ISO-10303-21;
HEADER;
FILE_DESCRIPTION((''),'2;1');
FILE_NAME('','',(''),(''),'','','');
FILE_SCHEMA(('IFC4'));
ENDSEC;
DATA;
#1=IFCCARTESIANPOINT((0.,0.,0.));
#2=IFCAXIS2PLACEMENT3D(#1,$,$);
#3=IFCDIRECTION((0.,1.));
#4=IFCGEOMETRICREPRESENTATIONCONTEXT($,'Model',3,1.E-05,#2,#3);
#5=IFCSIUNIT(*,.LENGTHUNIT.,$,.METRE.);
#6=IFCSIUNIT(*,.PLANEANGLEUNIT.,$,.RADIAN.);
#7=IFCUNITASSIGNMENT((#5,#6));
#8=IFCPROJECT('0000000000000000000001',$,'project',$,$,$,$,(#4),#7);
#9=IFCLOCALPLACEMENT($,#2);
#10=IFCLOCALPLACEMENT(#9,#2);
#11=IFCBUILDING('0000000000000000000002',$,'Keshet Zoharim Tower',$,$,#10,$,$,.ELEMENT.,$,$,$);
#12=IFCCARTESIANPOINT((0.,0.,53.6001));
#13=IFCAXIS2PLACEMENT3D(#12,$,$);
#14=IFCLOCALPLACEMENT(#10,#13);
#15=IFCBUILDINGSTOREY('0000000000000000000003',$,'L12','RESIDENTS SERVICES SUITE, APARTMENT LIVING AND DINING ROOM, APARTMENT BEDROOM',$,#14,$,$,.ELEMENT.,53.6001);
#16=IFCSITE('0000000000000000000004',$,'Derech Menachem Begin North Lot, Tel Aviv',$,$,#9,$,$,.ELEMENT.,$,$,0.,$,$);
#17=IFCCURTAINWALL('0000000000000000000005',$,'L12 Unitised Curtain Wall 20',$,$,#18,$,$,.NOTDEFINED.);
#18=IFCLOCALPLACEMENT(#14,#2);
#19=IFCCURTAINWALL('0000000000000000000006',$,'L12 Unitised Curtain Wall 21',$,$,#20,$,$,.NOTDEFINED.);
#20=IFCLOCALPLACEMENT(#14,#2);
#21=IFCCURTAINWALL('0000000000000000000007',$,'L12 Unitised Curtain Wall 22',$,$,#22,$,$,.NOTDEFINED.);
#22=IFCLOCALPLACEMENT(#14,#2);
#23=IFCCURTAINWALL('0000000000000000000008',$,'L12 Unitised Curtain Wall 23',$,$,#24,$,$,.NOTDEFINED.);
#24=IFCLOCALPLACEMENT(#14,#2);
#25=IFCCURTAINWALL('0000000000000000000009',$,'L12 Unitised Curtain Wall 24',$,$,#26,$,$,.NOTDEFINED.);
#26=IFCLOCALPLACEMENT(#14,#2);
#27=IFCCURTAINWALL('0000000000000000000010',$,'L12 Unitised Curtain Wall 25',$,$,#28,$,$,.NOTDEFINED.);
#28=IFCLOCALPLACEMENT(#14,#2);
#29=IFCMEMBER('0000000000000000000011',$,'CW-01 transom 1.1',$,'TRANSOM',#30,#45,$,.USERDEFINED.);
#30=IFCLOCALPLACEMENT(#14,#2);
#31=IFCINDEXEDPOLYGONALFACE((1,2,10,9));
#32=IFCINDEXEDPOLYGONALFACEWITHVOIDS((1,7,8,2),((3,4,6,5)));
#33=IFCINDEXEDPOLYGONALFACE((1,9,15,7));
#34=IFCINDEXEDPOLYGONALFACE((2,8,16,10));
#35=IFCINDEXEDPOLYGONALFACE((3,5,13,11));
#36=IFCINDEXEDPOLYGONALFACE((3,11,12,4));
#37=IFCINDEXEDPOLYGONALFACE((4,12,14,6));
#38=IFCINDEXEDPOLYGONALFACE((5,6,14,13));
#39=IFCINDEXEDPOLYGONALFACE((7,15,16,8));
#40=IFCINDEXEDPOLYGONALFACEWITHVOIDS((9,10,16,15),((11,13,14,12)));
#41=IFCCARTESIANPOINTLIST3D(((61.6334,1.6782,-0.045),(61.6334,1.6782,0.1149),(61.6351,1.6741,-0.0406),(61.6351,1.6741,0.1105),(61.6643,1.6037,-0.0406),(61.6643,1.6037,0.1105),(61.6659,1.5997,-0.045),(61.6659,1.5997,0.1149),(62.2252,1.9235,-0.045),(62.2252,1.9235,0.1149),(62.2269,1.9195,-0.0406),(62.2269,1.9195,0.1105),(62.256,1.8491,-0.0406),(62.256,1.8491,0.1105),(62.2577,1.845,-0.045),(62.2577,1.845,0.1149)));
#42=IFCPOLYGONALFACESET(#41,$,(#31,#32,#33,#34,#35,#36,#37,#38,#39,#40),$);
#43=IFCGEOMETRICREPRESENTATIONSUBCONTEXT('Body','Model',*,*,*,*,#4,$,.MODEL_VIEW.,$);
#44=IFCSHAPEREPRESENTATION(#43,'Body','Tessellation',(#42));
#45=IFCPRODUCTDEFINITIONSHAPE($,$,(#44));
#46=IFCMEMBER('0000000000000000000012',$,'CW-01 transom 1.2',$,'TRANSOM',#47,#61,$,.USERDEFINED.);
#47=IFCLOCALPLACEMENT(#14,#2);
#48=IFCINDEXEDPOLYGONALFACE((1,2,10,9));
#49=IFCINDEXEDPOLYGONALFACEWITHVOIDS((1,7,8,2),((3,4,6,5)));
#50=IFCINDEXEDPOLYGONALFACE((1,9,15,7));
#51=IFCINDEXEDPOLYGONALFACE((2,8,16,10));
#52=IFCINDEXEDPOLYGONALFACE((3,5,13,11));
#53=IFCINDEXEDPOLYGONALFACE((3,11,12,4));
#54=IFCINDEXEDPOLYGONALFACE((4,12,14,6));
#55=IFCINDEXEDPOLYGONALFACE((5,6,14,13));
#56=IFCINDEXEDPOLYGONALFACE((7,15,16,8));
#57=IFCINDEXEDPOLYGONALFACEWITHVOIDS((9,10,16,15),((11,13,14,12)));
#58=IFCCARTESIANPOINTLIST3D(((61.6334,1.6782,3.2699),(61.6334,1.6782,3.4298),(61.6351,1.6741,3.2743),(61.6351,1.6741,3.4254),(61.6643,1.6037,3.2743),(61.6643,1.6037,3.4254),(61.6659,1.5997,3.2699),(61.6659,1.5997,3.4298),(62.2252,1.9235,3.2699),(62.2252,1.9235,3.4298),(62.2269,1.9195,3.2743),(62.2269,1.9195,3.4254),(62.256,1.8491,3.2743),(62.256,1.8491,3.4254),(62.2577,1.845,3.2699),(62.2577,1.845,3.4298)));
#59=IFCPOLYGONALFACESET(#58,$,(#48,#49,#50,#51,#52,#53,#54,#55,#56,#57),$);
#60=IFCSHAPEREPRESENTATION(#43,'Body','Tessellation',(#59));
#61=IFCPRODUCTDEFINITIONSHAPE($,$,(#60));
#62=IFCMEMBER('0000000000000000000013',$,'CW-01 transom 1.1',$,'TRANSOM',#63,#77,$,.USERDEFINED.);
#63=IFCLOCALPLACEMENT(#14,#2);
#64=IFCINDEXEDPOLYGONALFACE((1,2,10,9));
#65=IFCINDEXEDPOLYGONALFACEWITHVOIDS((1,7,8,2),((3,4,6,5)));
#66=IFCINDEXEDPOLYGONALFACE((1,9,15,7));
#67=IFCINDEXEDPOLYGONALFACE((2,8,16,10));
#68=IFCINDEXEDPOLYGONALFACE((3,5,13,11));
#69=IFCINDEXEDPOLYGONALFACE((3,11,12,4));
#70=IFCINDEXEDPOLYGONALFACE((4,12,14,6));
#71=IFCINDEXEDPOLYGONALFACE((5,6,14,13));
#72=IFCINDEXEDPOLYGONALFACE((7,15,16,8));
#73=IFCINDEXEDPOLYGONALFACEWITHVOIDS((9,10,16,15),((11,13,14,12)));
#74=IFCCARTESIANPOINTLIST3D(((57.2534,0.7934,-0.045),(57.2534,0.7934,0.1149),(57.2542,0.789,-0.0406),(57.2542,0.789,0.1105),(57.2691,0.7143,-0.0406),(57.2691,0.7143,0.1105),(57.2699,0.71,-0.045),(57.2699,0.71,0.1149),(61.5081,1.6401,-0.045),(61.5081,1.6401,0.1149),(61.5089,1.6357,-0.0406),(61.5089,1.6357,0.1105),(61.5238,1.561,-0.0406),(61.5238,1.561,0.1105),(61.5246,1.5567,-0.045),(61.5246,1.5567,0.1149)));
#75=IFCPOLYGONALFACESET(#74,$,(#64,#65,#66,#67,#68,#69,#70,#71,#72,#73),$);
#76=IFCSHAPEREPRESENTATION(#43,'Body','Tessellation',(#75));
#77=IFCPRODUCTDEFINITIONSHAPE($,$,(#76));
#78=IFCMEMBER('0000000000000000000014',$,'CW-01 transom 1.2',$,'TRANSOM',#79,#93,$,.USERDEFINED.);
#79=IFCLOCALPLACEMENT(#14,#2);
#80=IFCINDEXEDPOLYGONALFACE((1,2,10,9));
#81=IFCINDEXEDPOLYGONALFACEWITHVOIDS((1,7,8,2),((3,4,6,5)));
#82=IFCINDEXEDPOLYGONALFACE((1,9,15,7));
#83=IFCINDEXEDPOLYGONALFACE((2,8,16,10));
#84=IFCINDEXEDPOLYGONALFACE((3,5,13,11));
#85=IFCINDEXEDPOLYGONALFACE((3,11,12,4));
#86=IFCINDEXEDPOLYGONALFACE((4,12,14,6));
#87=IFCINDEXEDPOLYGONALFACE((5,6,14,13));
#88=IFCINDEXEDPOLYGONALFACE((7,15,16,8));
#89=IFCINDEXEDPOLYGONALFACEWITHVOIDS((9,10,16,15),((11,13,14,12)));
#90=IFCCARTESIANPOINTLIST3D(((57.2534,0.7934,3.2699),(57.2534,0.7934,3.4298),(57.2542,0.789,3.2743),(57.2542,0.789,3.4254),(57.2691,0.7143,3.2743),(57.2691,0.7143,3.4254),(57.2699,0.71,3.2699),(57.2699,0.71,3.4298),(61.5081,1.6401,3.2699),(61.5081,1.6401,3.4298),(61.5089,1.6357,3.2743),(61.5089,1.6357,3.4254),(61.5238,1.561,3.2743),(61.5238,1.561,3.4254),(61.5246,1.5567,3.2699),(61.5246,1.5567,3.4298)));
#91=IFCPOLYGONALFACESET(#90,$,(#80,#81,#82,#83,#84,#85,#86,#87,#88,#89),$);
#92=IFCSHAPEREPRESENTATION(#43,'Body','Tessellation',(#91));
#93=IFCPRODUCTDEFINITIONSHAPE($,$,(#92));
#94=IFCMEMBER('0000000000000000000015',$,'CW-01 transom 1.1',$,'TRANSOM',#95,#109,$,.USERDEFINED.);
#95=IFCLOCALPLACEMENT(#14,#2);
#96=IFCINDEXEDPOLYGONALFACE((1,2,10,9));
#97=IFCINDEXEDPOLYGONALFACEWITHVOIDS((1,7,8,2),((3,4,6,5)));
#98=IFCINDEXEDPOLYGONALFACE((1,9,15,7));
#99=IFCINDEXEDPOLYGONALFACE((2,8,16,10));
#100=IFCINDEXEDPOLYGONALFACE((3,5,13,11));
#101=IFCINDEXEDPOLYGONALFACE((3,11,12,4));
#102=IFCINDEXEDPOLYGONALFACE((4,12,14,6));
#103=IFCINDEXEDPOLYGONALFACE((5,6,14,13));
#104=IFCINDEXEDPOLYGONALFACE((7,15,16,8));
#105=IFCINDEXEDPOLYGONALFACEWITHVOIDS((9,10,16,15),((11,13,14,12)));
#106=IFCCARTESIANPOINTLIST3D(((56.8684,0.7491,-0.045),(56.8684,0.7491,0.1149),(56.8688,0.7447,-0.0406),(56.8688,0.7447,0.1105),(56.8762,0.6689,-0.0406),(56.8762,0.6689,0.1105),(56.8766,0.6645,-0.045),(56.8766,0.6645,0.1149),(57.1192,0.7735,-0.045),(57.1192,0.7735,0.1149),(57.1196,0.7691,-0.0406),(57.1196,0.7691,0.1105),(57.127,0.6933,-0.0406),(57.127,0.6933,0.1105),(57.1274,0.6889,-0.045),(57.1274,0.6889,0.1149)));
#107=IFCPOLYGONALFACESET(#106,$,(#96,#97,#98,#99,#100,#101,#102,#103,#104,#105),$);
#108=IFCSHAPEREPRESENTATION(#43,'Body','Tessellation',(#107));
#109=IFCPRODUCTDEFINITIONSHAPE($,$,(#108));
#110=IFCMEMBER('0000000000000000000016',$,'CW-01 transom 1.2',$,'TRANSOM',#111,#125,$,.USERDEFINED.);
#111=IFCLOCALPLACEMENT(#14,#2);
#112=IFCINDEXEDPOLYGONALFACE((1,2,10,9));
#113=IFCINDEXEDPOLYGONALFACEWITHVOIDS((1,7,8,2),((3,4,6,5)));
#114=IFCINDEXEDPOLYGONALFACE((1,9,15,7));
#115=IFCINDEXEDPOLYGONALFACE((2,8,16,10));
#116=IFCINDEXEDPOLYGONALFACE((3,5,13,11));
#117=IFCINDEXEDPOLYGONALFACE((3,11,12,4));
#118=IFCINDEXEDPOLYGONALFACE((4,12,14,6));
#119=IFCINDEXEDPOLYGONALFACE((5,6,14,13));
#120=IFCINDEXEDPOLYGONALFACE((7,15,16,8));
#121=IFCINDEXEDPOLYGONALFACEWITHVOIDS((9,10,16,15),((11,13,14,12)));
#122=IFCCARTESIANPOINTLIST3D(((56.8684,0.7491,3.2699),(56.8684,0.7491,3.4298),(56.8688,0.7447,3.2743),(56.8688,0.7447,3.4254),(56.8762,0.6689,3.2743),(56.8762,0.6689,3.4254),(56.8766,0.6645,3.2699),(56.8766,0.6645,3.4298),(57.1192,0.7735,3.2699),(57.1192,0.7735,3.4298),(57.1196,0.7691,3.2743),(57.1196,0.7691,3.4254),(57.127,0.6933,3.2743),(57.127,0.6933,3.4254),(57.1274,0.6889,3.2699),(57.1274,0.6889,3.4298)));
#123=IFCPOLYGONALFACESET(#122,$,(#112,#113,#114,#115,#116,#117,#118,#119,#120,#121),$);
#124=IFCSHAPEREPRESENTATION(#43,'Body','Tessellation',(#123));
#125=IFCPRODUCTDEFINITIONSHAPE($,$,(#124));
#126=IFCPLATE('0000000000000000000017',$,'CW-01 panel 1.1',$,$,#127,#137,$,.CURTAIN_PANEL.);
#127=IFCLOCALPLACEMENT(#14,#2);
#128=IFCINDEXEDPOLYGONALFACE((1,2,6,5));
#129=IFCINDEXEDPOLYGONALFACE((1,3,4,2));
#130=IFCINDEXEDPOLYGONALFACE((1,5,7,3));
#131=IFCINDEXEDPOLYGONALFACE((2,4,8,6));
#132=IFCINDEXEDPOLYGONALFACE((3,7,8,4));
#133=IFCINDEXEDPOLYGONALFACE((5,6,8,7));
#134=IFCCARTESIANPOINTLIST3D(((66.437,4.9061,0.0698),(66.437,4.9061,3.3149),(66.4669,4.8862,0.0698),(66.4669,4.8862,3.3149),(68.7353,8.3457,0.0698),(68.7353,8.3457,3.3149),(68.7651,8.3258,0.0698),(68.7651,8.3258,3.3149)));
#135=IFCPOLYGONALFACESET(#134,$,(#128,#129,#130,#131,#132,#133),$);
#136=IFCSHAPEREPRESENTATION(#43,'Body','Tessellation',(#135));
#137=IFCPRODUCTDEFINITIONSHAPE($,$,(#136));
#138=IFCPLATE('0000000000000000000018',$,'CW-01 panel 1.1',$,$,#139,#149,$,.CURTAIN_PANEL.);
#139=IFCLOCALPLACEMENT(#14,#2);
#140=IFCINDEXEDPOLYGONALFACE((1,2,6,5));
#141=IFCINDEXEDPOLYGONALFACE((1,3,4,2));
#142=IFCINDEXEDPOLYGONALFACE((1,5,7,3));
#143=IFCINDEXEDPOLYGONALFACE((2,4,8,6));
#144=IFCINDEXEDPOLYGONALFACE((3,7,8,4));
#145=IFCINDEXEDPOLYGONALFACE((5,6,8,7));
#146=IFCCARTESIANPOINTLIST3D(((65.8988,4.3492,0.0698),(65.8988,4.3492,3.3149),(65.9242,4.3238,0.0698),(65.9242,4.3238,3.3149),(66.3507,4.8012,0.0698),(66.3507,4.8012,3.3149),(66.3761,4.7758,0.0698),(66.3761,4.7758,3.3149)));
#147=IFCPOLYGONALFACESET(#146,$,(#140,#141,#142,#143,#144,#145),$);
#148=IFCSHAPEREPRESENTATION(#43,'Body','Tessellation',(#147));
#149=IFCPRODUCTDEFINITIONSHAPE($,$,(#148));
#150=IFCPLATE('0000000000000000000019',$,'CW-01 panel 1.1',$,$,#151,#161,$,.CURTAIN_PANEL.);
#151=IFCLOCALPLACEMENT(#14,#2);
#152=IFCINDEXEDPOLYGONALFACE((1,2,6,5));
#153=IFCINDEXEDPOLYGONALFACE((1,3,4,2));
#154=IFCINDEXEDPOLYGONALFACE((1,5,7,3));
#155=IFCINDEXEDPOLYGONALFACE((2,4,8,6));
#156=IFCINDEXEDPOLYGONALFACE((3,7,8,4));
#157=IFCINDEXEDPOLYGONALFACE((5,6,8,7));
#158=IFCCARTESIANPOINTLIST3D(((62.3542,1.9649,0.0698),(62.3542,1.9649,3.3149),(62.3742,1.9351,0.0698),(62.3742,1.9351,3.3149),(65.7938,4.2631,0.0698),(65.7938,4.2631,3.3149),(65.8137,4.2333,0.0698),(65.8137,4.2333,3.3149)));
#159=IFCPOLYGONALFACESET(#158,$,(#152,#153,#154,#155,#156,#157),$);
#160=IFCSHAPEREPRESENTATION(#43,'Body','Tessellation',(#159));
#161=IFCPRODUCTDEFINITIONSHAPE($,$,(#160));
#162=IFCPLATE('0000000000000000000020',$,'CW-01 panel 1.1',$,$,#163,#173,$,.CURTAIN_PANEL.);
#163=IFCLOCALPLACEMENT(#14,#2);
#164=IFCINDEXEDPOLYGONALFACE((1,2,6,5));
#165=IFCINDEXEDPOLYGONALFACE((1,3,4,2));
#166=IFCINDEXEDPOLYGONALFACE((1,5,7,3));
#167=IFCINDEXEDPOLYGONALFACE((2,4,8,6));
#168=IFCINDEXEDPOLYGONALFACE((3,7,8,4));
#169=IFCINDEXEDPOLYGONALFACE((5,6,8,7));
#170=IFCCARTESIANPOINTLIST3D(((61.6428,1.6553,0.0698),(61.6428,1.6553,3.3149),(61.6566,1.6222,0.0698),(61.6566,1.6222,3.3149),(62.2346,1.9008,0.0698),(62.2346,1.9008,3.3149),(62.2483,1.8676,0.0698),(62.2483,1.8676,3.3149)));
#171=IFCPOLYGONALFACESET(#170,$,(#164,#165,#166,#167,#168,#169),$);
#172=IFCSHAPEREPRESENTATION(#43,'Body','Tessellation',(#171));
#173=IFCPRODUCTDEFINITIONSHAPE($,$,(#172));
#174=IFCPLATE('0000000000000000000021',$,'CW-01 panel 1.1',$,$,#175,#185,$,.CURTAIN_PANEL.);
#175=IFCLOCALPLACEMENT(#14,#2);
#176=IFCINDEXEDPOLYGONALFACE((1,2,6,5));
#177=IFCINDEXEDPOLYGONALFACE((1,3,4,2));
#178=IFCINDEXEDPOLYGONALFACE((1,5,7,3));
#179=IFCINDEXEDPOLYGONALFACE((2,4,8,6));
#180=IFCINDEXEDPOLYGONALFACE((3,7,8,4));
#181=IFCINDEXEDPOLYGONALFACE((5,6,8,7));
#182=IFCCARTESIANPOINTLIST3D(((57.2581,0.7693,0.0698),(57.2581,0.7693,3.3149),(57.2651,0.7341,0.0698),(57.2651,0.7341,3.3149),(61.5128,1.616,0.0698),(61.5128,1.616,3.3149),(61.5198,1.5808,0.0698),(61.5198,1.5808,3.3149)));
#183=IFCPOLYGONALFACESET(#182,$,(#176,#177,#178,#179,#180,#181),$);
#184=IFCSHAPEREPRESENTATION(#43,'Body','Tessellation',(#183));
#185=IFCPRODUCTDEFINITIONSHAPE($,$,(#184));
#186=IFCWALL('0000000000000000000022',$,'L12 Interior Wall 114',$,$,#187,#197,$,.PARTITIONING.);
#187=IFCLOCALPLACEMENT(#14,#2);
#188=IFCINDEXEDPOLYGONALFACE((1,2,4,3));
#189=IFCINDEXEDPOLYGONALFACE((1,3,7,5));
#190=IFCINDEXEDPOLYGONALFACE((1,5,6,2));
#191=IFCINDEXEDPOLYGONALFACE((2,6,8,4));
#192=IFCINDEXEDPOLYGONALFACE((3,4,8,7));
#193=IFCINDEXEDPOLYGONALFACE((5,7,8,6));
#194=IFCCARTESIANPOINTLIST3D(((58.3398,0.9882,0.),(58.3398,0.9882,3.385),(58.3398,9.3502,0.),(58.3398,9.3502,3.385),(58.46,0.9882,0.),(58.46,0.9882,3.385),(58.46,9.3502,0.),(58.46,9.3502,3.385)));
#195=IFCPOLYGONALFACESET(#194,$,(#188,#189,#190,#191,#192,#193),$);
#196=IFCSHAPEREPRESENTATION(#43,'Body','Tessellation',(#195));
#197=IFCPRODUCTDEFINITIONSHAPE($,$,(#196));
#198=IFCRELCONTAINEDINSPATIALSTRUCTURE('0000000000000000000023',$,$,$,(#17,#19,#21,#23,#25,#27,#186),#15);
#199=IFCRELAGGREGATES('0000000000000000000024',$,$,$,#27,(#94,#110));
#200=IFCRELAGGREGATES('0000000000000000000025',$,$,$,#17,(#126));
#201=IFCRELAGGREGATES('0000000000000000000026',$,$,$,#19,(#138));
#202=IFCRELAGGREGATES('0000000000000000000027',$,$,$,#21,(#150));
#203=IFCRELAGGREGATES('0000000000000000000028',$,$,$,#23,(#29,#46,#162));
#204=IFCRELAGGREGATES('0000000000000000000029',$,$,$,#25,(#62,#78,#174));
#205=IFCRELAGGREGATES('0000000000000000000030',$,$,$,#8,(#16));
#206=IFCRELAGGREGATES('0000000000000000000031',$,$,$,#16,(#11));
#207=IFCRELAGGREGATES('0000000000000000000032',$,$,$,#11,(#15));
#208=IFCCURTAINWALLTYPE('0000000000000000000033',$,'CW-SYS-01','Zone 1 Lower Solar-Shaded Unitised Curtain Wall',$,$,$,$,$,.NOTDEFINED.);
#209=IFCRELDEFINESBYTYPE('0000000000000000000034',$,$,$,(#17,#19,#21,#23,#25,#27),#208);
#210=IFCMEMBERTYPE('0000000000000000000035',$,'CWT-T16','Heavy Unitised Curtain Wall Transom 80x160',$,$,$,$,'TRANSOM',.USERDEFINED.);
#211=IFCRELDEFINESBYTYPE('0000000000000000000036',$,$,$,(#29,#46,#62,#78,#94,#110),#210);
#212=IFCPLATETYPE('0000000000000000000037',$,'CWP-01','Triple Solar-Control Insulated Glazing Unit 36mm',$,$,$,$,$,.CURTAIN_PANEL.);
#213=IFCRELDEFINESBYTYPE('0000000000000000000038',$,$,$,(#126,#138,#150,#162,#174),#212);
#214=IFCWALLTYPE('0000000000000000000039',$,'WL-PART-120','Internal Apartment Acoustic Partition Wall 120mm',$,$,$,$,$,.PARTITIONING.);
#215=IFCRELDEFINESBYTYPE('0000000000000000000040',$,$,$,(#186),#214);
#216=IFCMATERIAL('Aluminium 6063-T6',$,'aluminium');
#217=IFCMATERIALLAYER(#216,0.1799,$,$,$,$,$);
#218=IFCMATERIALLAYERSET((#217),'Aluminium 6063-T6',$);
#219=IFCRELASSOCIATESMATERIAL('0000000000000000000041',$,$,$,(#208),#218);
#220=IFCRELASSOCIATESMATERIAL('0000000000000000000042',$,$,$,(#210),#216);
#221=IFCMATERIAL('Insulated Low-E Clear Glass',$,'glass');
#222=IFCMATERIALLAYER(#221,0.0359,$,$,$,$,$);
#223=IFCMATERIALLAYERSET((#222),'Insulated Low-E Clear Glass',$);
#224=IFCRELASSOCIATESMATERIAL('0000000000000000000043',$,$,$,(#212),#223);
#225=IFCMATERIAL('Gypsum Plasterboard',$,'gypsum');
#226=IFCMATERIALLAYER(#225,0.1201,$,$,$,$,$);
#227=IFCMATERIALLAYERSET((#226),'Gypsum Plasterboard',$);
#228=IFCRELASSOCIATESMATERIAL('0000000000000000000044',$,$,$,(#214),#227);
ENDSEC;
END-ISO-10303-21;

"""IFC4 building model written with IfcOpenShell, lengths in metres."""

from ifc_helpers import new_model, si_unit, direction, frame, frame_2d, origin, origin_2d, place, context, subcontext, project, spatial, rectangle, hollow_rectangle, extrude, material, layer, layer_set, material_profile, profile_set, type_object, element, aggregate, save


model = new_model("IFC4")

# Units and contexts
model_context = context("Model", 3, precision=1e-05, world=origin(), true_north=direction((0.0, 1.0)))
body_context = subcontext(model_context, "Body", "Model", "MODEL_VIEW")
ifc_project = project(units=[si_unit("LENGTHUNIT", "METRE"), si_unit("PLANEANGLEUNIT", "RADIAN")], contexts=[model_context])

# Site, building, storey
site_placement = place(None, origin())
site = spatial("IfcSite", under=ifc_project, at=site_placement, Name="Derech Menachem Begin North Lot, Tel Aviv", CompositionType="ELEMENT", RefElevation=0.0)
building_placement = place(site_placement, origin())
building = spatial("IfcBuilding", under=site, at=building_placement, Name="Keshet Zoharim Tower", CompositionType="ELEMENT")
storey_placement = place(building_placement, frame((0.0, 0.0, 53.6001)))
storey = spatial("IfcBuildingStorey", under=building, at=storey_placement, Name="L12", Description="RESIDENTS SERVICES SUITE, APARTMENT LIVING AND DINING ROOM, APARTMENT BEDROOM", CompositionType="ELEMENT", Elevation=53.6001)

# Shared definitions
ifc_material_1 = material(Name="Aluminium 6063-T6", Category="aluminium")
ifc_layer_1 = layer(ifc_material_1, 0.1799)
ifc_layer_set_1 = layer_set([ifc_layer_1], Name="Aluminium 6063-T6")
curtain_wall_type = type_object("IfcCurtainWallType", Name="CW-SYS-01", Description="Zone 1 Lower Solar-Shaded Unitised Curtain Wall", PredefinedType="NOTDEFINED", material=ifc_layer_set_1)

# Curtain walls
curtain_wall_1_placement = place(storey_placement, origin())
curtain_wall_1 = element("IfcCurtainWall", 1, at=curtain_wall_1_placement, inside=storey, type_object=curtain_wall_type, Name="L12 Unitised Curtain Wall 20", PredefinedType="NOTDEFINED")
curtain_wall_2_placement = place(storey_placement, origin())
curtain_wall_2 = element("IfcCurtainWall", 2, at=curtain_wall_2_placement, inside=storey, type_object=curtain_wall_type, Name="L12 Unitised Curtain Wall 21", PredefinedType="NOTDEFINED")
curtain_wall_3_placement = place(storey_placement, origin())
curtain_wall_3 = element("IfcCurtainWall", 3, at=curtain_wall_3_placement, inside=storey, type_object=curtain_wall_type, Name="L12 Unitised Curtain Wall 22", PredefinedType="NOTDEFINED")
curtain_wall_4_placement = place(storey_placement, origin())
curtain_wall_4 = element("IfcCurtainWall", 4, at=curtain_wall_4_placement, inside=storey, type_object=curtain_wall_type, Name="L12 Unitised Curtain Wall 23", PredefinedType="NOTDEFINED")
curtain_wall_5_placement = place(storey_placement, origin())
curtain_wall_5 = element("IfcCurtainWall", 5, at=curtain_wall_5_placement, inside=storey, type_object=curtain_wall_type, Name="L12 Unitised Curtain Wall 24", PredefinedType="NOTDEFINED")

# Curtain wall
curtain_wall_6_placement = place(storey_placement, origin())
curtain_wall_6 = element("IfcCurtainWall", 6, at=curtain_wall_6_placement, inside=storey, type_object=curtain_wall_type, Name="L12 Unitised Curtain Wall 25", PredefinedType="NOTDEFINED")

# Members
ifc_material_profile_1 = material_profile(ifc_material_1, hollow_rectangle(XDim=0.085, YDim=0.1599, WallThickness=0.0044, at=origin_2d()), Name="TRN-85x160")
ifc_profile_set_1 = profile_set([ifc_material_profile_1], Name="Aluminium 6063-T6")
member_type_1 = type_object("IfcMemberType", Name="CWT-T16", Description="Heavy Unitised Curtain Wall Transom 80x160", ElementType="TRANSOM", PredefinedType="USERDEFINED", material=ifc_profile_set_1)
member_1_placement = place(storey_placement, frame((62.2415, 1.8843, 0.0349), z_axis=(-0.923752, -0.382991, 0.0), x_axis=(0.382991, -0.923752, 0.0)))
member_1 = element("IfcMember", 7, at=member_1_placement, type_object=member_type_1, Name="CW-01 transom 1.1", ObjectType="TRANSOM", PredefinedType="USERDEFINED", context=body_context, shape_type="SweptSolid", body=[
    extrude(hollow_rectangle(XDim=0.085, YDim=0.1599, WallThickness=0.0044, at=origin_2d()), origin(), (0.0, 0.0, 1.0), 0.6406),
])
member_2_placement = place(storey_placement, frame((62.2415, 1.8843, 3.3499), z_axis=(-0.923752, -0.382991, 0.0), x_axis=(0.382991, -0.923752, 0.0)))
member_2 = element("IfcMember", 8, at=member_2_placement, type_object=member_type_1, Name="CW-01 transom 1.2", ObjectType="TRANSOM", PredefinedType="USERDEFINED", context=body_context, shape_type="SweptSolid", body=[
    extrude(hollow_rectangle(XDim=0.085, YDim=0.1599, WallThickness=0.0044, at=origin_2d()), origin(), (0.0, 0.0, 1.0), 0.6406),
])
member_3_placement = place(storey_placement, frame((61.5164, 1.5984, 0.0349), z_axis=(-0.980769, -0.195174, 0.0), x_axis=(0.195174, -0.980769, 0.0)))
member_3 = element("IfcMember", 9, at=member_3_placement, type_object=member_type_1, Name="CW-01 transom 1.1", ObjectType="TRANSOM", PredefinedType="USERDEFINED", context=body_context, shape_type="SweptSolid", body=[
    extrude(hollow_rectangle(XDim=0.085, YDim=0.1599, WallThickness=0.0044, at=origin_2d()), origin(), (0.0, 0.0, 1.0), 4.3381),
])
member_4_placement = place(storey_placement, frame((61.5164, 1.5984, 3.3499), z_axis=(-0.980769, -0.195174, 0.0), x_axis=(0.195174, -0.980769, 0.0)))
member_4 = element("IfcMember", 10, at=member_4_placement, type_object=member_type_1, Name="CW-01 transom 1.2", ObjectType="TRANSOM", PredefinedType="USERDEFINED", context=body_context, shape_type="SweptSolid", body=[
    extrude(hollow_rectangle(XDim=0.085, YDim=0.1599, WallThickness=0.0044, at=origin_2d()), origin(), (0.0, 0.0, 1.0), 4.3381),
])
member_5_placement = place(storey_placement, frame((57.1233, 0.7312, 0.0349), z_axis=(-0.995293, -0.096913, 0.0), x_axis=(0.096913, -0.995293, 0.0)))
member_5 = element("IfcMember", 11, at=member_5_placement, type_object=member_type_1, Name="CW-01 transom 1.1", ObjectType="TRANSOM", PredefinedType="USERDEFINED", context=body_context, shape_type="SweptSolid", body=[
    extrude(hollow_rectangle(XDim=0.085, YDim=0.1599, WallThickness=0.0044, at=origin_2d()), origin(), (0.0, 0.0, 1.0), 0.252),
])
member_6_placement = place(storey_placement, frame((57.1233, 0.7312, 3.3499), z_axis=(-0.995293, -0.096913, 0.0), x_axis=(0.096913, -0.995293, 0.0)))
member_6 = element("IfcMember", 12, at=member_6_placement, type_object=member_type_1, Name="CW-01 transom 1.2", ObjectType="TRANSOM", PredefinedType="USERDEFINED", context=body_context, shape_type="SweptSolid", body=[
    extrude(hollow_rectangle(XDim=0.085, YDim=0.1599, WallThickness=0.0044, at=origin_2d()), origin(), (0.0, 0.0, 1.0), 0.252),
])
aggregate(curtain_wall_6, [member_5, member_6])

# Plates
ifc_material_2 = material(Name="Insulated Low-E Clear Glass", Category="glass")
ifc_layer_2 = layer(ifc_material_2, 0.0359)
ifc_layer_set_2 = layer_set([ifc_layer_2], Name="Insulated Low-E Clear Glass")
plate_type = type_object("IfcPlateType", Name="CWP-01", Description="Triple Solar-Control Insulated Glazing Unit 36mm", PredefinedType="CURTAIN_PANEL", material=ifc_layer_set_2)
plate_1_placement = place(storey_placement, frame((67.6011, 6.616, 0.0698), z_axis=(0.0, 0.0, 1.0), x_axis=(-0.555563, -0.831474, 0.0)))
plate_1 = element("IfcPlate", 13, at=plate_1_placement, type_object=plate_type, Name="CW-01 panel 1.1", PredefinedType="CURTAIN_PANEL", context=body_context, shape_type="SweptSolid", body=[
    extrude(rectangle(XDim=4.1367, YDim=0.0359, at=origin_2d()), origin(), (0.0, 0.0, 1.0), 3.2451),
])
aggregate(curtain_wall_1, [plate_1])
plate_2_placement = place(storey_placement, frame((66.1375, 4.5625, 0.0698), z_axis=(0.0, 0.0, 1.0), x_axis=(-0.707107, -0.707107, 0.0)))
plate_2 = element("IfcPlate", 14, at=plate_2_placement, type_object=plate_type, Name="CW-01 panel 1.1", PredefinedType="CURTAIN_PANEL", context=body_context, shape_type="SweptSolid", body=[
    extrude(rectangle(XDim=0.6392, YDim=0.0359, at=origin_2d()), origin(), (0.0, 0.0, 1.0), 3.2451),
])
aggregate(curtain_wall_2, [plate_2])
plate_3_placement = place(storey_placement, frame((64.084, 3.0991, 0.0698), z_axis=(0.0, 0.0, 1.0), x_axis=(-0.831474, -0.555563, 0.0)))
plate_3 = element("IfcPlate", 15, at=plate_3_placement, type_object=plate_type, Name="CW-01 panel 1.1", PredefinedType="CURTAIN_PANEL", context=body_context, shape_type="SweptSolid", body=[
    extrude(rectangle(XDim=4.1367, YDim=0.0359, at=origin_2d()), origin(), (0.0, 0.0, 1.0), 3.2451),
])
aggregate(curtain_wall_3, [plate_3])
plate_4_placement = place(storey_placement, frame((61.9456, 1.7615, 0.0698), z_axis=(0.0, 0.0, 1.0), x_axis=(-0.92372, -0.383068, 0.0)))
plate_4 = element("IfcPlate", 16, at=plate_4_placement, type_object=plate_type, Name="CW-01 panel 1.1", PredefinedType="CURTAIN_PANEL", context=body_context, shape_type="SweptSolid", body=[
    extrude(rectangle(XDim=0.6406, YDim=0.0359, at=origin_2d()), origin(), (0.0, 0.0, 1.0), 3.2451),
])
aggregate(curtain_wall_4, [member_1, member_2, plate_4])
plate_5_placement = place(storey_placement, frame((59.3889, 1.175, 0.0698), z_axis=(0.0, 0.0, 1.0), x_axis=(-0.980769, -0.195171, 0.0)))
plate_5 = element("IfcPlate", 17, at=plate_5_placement, type_object=plate_type, Name="CW-01 panel 1.1", PredefinedType="CURTAIN_PANEL", context=body_context, shape_type="SweptSolid", body=[
    extrude(rectangle(XDim=4.3381, YDim=0.0359, at=origin_2d()), origin(), (0.0, 0.0, 1.0), 3.2451),
])
aggregate(curtain_wall_5, [member_3, member_4, plate_5])

# Wall
ifc_material_3 = material(Name="Gypsum Plasterboard", Category="gypsum")
ifc_layer_3 = layer(ifc_material_3, 0.1201)
ifc_layer_set_3 = layer_set([ifc_layer_3], Name="Gypsum Plasterboard")
wall_type = type_object("IfcWallType", Name="WL-PART-120", Description="Internal Apartment Acoustic Partition Wall 120mm", PredefinedType="PARTITIONING", material=ifc_layer_set_3)
wall_1_placement = place(storey_placement, frame((58.3999, 0.988, 0.0), z_axis=(0.0, 0.0, 1.0), x_axis=(0.0, 1.0, 0.0)))
element("IfcWall", 18, at=wall_1_placement, inside=storey, type_object=wall_type, Name="L12 Interior Wall 114", PredefinedType="PARTITIONING", context=body_context, shape_type="SweptSolid", body=[
    extrude(rectangle(XDim=8.3621, YDim=0.1201, at=frame_2d((4.1812, 0.0))), origin(), (0.0, 0.0, 1.0), 3.385),
])

save(model, "model.ifc")
